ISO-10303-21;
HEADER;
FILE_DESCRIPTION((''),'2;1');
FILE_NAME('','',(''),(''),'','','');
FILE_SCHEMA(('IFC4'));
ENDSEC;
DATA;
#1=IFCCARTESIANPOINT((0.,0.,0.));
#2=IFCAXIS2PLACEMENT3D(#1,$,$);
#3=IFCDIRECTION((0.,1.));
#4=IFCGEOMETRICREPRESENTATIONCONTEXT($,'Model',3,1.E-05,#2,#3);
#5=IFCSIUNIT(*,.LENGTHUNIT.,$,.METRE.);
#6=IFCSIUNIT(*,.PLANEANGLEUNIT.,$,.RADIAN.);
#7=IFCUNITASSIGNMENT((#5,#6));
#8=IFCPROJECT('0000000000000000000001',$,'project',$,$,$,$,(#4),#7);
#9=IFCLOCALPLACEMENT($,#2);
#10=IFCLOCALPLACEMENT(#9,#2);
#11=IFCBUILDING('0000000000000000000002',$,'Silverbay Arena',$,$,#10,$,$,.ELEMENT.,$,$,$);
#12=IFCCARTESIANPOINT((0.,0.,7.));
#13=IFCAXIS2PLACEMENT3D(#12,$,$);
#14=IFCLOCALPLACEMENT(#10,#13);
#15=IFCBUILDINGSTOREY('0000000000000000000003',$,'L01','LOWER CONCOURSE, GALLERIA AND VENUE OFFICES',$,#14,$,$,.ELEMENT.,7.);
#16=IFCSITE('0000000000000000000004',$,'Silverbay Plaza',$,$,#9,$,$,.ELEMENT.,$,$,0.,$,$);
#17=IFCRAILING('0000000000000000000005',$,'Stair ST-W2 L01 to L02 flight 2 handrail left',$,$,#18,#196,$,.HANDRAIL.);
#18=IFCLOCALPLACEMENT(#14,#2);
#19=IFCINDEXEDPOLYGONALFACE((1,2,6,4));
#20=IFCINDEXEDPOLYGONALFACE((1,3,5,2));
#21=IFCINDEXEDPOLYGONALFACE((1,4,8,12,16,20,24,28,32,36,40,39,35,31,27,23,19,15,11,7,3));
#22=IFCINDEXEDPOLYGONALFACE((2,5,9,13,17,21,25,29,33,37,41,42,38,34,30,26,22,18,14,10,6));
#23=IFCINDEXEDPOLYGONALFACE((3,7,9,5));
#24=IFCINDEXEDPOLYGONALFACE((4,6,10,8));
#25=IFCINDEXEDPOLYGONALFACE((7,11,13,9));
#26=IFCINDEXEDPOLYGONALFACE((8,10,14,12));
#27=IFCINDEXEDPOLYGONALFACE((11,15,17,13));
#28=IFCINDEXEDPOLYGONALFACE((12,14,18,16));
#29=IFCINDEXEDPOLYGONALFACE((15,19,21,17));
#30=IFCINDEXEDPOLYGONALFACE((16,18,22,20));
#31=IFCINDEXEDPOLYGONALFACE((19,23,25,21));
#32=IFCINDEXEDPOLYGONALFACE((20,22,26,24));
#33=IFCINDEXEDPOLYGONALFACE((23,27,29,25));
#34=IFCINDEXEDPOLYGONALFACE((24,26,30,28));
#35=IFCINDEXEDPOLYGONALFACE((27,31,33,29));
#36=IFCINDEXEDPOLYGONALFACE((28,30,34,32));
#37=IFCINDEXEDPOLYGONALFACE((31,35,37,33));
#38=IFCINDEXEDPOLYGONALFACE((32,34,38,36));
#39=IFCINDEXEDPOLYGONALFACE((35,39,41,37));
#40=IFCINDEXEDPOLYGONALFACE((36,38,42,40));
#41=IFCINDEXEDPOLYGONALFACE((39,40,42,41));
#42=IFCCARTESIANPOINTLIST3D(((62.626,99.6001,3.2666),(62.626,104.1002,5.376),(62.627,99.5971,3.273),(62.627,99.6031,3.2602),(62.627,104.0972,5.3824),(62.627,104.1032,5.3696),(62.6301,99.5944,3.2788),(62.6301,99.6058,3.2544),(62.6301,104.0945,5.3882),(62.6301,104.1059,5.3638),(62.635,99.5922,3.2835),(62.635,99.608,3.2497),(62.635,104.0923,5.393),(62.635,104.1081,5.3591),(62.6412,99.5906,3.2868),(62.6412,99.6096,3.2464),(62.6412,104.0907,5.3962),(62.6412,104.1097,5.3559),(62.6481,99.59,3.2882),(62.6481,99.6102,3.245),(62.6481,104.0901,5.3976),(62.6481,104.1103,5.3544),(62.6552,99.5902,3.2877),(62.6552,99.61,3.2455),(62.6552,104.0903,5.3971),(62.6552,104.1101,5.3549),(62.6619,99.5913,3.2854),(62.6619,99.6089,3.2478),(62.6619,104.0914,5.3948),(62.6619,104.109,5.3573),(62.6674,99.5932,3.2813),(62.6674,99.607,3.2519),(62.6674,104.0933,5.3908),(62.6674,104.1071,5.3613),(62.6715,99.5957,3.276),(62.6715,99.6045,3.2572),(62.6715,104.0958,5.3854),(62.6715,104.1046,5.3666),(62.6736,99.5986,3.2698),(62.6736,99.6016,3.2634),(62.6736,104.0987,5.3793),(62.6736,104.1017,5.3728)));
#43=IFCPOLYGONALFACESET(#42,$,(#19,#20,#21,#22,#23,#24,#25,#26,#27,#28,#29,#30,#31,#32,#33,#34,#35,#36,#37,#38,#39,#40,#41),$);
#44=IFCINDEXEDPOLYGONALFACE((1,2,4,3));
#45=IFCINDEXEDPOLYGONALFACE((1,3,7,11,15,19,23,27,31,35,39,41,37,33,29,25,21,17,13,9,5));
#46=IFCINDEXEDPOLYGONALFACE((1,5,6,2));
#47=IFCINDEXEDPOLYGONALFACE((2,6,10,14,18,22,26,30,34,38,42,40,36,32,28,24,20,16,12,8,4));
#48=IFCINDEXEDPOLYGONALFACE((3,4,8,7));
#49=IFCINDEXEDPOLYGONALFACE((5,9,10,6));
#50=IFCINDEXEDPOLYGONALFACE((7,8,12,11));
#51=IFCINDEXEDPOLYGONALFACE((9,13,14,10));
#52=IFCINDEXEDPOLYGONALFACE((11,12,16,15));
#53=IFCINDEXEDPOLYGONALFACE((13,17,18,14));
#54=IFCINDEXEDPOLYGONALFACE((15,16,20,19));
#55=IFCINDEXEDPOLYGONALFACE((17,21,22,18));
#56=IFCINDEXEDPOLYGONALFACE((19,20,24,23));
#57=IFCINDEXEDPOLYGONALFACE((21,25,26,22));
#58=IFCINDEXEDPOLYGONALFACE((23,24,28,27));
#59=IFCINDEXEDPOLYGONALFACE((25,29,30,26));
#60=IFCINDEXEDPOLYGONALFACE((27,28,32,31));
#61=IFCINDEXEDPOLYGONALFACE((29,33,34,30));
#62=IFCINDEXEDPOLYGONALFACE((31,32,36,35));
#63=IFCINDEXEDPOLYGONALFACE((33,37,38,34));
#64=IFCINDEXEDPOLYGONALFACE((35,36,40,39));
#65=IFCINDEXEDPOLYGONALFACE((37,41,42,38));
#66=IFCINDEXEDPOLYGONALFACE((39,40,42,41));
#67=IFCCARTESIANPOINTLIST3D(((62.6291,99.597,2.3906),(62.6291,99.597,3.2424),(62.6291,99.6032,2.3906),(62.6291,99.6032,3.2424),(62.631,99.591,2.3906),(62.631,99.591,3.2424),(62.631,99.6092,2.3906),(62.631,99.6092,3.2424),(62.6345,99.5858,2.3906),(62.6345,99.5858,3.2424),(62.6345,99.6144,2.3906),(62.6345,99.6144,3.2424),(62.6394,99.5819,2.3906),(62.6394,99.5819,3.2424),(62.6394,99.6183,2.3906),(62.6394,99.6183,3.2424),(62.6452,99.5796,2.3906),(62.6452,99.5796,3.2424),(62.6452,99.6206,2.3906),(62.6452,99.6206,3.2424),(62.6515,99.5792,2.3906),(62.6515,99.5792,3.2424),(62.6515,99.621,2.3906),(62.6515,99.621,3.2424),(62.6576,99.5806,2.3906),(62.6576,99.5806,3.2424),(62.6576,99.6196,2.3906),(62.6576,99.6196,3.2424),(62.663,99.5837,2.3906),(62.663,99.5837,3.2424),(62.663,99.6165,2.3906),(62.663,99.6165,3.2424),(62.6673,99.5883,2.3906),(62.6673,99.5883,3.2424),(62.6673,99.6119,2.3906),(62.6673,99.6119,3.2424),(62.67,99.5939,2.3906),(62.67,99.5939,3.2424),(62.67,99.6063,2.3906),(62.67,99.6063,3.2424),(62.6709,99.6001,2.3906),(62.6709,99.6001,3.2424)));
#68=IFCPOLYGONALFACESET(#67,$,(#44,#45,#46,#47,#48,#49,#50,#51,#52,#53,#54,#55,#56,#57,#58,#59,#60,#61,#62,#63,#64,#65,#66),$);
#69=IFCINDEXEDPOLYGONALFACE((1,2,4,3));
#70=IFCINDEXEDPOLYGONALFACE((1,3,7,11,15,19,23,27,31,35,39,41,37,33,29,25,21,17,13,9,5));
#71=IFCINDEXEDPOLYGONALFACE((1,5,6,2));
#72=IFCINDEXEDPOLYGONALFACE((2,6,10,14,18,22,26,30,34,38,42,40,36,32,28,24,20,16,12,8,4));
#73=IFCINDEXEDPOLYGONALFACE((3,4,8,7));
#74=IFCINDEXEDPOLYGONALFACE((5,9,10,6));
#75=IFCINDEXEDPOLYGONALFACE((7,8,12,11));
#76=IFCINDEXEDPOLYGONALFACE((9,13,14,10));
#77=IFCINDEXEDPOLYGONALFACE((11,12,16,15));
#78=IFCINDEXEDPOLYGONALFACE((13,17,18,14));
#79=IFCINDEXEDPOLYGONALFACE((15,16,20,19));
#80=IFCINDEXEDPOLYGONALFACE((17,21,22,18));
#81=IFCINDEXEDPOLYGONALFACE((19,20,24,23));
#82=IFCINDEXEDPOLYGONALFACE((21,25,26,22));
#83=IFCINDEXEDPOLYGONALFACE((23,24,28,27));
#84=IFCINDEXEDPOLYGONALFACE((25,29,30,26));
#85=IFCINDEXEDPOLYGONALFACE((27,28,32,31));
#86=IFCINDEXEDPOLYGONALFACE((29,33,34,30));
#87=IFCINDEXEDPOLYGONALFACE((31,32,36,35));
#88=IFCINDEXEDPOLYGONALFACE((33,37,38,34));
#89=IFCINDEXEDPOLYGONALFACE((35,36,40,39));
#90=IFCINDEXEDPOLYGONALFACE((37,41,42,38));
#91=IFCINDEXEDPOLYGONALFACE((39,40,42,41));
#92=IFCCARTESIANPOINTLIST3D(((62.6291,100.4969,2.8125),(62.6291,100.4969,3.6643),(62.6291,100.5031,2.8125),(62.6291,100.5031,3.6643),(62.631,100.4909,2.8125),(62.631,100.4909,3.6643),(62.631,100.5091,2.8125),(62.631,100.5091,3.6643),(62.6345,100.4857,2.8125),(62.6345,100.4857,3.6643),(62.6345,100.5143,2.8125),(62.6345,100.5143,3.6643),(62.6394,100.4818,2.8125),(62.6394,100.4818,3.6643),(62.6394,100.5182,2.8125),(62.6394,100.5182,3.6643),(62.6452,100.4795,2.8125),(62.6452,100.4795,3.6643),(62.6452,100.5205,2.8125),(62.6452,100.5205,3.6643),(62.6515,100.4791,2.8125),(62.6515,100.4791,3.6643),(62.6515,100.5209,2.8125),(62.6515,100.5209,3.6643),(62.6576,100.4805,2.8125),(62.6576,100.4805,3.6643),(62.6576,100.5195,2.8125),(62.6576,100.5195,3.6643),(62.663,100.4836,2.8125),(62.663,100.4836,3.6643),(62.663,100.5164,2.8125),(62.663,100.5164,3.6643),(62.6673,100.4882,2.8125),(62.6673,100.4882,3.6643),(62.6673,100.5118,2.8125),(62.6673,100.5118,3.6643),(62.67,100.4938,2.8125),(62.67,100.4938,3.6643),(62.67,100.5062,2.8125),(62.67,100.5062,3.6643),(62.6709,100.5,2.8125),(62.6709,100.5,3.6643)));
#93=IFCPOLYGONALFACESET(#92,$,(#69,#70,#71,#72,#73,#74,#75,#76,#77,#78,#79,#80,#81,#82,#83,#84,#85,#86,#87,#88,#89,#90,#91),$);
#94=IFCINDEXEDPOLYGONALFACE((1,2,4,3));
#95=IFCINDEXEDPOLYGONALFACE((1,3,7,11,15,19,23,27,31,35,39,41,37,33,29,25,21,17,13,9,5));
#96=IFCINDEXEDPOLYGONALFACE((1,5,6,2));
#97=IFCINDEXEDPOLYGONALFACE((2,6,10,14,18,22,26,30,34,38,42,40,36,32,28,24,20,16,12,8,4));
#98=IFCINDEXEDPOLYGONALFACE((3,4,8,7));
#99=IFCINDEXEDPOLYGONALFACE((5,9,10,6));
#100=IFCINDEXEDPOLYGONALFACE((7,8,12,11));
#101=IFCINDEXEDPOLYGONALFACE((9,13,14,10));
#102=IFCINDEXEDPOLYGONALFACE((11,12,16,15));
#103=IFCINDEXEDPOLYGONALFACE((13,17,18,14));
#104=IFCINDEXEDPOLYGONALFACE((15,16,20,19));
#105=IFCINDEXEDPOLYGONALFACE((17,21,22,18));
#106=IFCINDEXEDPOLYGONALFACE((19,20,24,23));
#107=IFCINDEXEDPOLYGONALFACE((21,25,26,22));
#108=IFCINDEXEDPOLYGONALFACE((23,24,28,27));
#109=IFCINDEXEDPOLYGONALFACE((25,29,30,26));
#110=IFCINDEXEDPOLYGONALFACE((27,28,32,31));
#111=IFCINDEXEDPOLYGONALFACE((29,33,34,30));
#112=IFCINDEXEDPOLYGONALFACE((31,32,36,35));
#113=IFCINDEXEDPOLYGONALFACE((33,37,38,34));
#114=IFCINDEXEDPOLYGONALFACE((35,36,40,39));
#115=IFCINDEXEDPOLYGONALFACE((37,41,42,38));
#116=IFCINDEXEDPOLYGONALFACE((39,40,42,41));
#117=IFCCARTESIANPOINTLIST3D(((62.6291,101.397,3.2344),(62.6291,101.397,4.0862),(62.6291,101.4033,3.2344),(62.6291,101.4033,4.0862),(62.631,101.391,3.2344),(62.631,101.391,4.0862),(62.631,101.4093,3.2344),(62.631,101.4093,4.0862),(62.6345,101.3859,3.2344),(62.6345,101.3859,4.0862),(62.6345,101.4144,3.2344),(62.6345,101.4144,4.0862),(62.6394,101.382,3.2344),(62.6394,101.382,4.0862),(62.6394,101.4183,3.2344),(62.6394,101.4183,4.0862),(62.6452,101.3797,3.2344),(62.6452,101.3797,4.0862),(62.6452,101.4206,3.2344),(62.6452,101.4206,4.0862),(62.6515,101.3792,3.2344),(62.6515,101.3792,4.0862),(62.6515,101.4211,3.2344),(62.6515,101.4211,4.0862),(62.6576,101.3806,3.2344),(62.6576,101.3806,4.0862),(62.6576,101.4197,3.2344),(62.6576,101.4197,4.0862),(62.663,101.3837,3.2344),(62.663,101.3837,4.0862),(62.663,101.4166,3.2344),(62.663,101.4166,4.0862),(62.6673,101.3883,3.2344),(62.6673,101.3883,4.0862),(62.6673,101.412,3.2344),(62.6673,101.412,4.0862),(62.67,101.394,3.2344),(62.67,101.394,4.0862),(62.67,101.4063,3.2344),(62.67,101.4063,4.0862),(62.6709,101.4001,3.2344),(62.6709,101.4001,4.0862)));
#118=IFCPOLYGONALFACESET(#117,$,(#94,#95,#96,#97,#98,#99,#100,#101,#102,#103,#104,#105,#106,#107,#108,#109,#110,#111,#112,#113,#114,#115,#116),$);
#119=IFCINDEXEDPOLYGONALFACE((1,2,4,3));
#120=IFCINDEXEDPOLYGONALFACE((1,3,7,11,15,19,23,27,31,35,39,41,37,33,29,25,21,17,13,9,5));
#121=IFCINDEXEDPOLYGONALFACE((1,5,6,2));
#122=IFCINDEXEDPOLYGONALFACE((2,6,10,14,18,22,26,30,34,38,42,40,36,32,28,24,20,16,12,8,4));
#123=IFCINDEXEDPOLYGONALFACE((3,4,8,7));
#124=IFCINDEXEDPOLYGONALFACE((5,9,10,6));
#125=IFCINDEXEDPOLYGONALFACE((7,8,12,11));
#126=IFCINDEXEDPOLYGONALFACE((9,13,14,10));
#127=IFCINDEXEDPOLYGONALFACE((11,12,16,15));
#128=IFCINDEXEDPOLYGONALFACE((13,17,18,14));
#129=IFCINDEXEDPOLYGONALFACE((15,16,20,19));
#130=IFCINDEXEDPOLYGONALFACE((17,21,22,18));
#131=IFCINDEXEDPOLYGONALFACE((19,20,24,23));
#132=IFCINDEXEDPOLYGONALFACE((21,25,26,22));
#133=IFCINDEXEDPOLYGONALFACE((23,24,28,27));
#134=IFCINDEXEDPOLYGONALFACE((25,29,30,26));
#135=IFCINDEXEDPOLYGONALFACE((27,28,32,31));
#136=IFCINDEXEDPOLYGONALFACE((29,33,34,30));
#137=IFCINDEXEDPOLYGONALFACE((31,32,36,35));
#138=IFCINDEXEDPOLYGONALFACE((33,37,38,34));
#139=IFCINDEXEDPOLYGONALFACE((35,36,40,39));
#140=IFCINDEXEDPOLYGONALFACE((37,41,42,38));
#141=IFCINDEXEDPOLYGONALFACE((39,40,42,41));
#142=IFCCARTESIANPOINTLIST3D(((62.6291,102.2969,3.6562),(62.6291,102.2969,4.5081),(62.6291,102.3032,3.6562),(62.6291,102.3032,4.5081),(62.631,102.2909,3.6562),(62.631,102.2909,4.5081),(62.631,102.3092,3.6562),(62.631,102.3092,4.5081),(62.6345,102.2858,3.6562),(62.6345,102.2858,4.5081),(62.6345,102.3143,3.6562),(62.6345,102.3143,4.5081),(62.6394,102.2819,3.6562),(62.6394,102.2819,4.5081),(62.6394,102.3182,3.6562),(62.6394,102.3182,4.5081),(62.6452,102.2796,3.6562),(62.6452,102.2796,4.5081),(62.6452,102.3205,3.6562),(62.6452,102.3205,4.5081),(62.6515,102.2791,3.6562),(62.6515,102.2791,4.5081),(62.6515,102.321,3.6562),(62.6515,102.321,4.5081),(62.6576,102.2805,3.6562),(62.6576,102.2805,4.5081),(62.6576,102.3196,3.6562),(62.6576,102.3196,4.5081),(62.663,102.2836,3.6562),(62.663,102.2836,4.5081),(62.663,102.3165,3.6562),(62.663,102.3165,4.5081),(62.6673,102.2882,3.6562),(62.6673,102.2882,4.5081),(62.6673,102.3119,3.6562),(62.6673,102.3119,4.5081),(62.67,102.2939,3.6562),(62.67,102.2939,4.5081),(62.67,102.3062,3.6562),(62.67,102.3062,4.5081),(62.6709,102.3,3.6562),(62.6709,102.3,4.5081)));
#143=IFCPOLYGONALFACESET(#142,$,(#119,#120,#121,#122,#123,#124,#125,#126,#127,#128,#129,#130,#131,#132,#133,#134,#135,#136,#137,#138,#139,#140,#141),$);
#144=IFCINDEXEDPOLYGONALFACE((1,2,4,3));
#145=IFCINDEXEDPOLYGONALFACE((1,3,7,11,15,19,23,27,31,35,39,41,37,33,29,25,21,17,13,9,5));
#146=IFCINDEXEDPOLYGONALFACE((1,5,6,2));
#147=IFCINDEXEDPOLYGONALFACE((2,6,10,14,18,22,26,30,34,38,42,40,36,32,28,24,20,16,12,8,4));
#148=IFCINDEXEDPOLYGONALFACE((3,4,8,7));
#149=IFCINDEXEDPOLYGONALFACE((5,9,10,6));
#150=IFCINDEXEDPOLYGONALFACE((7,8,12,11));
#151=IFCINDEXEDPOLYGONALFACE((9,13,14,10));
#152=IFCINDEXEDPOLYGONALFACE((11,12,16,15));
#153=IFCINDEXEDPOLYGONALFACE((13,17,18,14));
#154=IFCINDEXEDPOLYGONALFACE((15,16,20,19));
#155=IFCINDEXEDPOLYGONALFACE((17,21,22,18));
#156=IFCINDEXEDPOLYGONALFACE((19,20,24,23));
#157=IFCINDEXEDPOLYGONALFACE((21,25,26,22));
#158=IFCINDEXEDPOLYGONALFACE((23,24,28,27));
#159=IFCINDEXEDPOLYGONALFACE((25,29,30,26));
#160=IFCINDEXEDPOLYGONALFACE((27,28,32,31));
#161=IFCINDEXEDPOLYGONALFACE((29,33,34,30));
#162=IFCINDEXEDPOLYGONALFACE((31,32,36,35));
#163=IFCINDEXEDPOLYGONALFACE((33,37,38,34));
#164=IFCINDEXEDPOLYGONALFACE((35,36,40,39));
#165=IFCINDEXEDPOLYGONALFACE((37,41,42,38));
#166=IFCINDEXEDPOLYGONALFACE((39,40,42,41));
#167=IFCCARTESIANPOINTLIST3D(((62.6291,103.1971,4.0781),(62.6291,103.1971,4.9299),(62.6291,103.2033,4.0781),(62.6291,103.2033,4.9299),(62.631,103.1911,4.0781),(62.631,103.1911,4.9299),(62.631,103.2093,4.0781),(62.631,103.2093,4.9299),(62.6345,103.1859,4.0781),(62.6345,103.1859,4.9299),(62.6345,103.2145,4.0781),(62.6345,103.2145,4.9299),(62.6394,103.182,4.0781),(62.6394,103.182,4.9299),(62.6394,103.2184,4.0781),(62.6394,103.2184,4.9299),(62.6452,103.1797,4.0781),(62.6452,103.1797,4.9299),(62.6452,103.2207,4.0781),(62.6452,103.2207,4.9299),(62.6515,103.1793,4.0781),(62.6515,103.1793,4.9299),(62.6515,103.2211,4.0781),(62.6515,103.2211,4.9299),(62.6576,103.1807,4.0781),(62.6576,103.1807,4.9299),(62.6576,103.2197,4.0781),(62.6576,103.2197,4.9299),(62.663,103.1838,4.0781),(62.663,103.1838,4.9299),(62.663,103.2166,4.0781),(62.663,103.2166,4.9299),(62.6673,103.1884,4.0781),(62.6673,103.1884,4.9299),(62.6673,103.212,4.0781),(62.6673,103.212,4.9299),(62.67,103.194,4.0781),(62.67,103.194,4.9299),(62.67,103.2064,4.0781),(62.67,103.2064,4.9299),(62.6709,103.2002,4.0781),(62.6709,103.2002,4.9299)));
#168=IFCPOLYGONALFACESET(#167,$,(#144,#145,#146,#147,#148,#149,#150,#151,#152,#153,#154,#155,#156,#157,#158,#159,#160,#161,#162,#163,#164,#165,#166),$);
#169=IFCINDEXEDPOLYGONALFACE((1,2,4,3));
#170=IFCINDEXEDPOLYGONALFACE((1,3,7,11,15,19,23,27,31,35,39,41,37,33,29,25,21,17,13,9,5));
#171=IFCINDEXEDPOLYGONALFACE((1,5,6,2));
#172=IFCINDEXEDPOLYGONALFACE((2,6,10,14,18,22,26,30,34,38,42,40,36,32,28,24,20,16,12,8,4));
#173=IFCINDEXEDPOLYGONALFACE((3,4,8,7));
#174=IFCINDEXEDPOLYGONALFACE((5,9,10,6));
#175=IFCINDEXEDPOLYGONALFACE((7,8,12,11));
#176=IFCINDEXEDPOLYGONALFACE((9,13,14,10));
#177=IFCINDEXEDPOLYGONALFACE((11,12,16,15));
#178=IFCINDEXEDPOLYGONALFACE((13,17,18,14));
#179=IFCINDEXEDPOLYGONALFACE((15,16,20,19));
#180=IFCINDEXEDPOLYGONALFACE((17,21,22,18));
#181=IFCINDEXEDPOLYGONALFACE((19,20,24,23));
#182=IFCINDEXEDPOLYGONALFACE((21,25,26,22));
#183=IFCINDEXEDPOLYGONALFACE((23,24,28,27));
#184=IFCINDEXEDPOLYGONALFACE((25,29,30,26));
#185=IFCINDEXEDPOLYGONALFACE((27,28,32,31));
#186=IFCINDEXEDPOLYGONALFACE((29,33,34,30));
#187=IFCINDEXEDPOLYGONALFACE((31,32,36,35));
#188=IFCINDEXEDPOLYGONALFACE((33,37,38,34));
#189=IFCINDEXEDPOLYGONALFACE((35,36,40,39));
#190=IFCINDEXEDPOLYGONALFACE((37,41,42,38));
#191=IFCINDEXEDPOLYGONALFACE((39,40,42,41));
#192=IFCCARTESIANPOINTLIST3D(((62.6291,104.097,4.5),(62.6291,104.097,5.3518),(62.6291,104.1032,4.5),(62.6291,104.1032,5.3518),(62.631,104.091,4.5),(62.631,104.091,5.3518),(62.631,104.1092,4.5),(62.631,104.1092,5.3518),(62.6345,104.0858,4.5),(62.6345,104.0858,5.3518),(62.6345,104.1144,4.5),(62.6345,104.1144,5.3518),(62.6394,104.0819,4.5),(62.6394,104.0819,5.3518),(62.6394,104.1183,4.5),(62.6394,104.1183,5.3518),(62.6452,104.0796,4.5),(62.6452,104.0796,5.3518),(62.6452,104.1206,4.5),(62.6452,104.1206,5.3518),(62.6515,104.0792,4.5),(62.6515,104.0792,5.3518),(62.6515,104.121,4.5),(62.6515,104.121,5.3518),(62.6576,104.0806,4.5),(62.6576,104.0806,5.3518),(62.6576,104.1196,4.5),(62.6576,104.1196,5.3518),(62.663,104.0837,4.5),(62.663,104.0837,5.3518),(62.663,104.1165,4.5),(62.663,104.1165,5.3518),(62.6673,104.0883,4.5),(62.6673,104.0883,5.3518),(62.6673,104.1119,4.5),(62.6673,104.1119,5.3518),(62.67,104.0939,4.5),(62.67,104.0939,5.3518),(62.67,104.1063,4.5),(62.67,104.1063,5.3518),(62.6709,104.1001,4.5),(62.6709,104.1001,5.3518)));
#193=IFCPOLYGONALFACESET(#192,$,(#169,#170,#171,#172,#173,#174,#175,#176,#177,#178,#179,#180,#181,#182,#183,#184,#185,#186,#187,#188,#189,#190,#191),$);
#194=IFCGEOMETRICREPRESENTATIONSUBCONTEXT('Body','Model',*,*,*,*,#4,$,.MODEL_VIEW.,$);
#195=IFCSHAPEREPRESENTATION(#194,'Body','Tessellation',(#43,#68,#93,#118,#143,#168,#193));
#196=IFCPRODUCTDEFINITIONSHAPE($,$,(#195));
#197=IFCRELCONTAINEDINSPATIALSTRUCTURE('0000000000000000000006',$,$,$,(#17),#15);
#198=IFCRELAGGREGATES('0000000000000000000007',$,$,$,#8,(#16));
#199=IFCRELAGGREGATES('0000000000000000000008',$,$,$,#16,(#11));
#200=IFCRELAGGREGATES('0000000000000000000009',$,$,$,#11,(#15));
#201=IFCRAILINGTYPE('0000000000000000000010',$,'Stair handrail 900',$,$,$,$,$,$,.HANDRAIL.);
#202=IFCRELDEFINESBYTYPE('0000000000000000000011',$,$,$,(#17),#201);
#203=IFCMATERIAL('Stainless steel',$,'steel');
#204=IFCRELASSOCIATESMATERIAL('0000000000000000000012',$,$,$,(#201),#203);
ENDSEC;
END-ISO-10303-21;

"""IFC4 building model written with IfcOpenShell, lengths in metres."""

from ifc_helpers import new_model, si_unit, direction, frame, origin, origin_2d, place, context, subcontext, project, spatial, circle, extrude, material, type_object, element, save


model = new_model("IFC4")

# Units and contexts
model_context = context("Model", 3, precision=1e-05, world=origin(), true_north=direction((0.0, 1.0)))
body_context = subcontext(model_context, "Body", "Model", "MODEL_VIEW")
ifc_project = project(units=[si_unit("LENGTHUNIT", "METRE"), si_unit("PLANEANGLEUNIT", "RADIAN")], contexts=[model_context])

# Site, building, storey
site_placement = place(None, origin())
site = spatial("IfcSite", under=ifc_project, at=site_placement, Name="Silverbay Plaza", CompositionType="ELEMENT", RefElevation=0.0)
building_placement = place(site_placement, origin())
building = spatial("IfcBuilding", under=site, at=building_placement, Name="Silverbay Arena", CompositionType="ELEMENT")
storey_placement = place(building_placement, frame((0.0, 0.0, 7.0)))
storey = spatial("IfcBuildingStorey", under=building, at=storey_placement, Name="L01", Description="LOWER CONCOURSE, GALLERIA AND VENUE OFFICES", CompositionType="ELEMENT", Elevation=7.0)

# Railing
ifc_material_1 = material(Name="Stainless steel", Category="steel")
railing_type_1 = type_object("IfcRailingType", Name="Stair handrail 900", PredefinedType="HANDRAIL", material=ifc_material_1)
for number, where, name in (
    (1, (62.6499, 99.6001, 2.3906), "Stair ST-W2 L01 to L02 flight 2 handrail left"),
):
    element("IfcRailing", number, at=place(storey_placement, frame(where)), inside=storey, type_object=railing_type_1, Name=name, PredefinedType="HANDRAIL", context=body_context, shape_type="SweptSolid", body=[
        extrude(circle(Radius=0.0239, at=origin_2d()), frame((0.0, 0.0, 0.876), z_axis=(0.0, 0.905459, 0.424434), x_axis=(-1.0, 0.0, 0.0)), (0.0, 0.0, 1.0), 4.97),
        extrude(circle(Radius=0.021, at=origin_2d()), origin(), (0.0, 0.0, 1.0), 0.8518),
        extrude(circle(Radius=0.021, at=origin_2d()), frame((0.0, 0.8999, 0.4219)), (0.0, 0.0, 1.0), 0.8518),
        extrude(circle(Radius=0.021, at=origin_2d()), frame((0.0, 1.8, 0.8438)), (0.0, 0.0, 1.0), 0.8518),
        extrude(circle(Radius=0.021, at=origin_2d()), frame((0.0, 2.7, 1.2656)), (0.0, 0.0, 1.0), 0.8518),
        extrude(circle(Radius=0.021, at=origin_2d()), frame((0.0, 3.6001, 1.6875)), (0.0, 0.0, 1.0), 0.8518),
        extrude(circle(Radius=0.021, at=origin_2d()), frame((0.0, 4.5, 2.1094)), (0.0, 0.0, 1.0), 0.8518),
    ])

save(model, "model.ifc")
